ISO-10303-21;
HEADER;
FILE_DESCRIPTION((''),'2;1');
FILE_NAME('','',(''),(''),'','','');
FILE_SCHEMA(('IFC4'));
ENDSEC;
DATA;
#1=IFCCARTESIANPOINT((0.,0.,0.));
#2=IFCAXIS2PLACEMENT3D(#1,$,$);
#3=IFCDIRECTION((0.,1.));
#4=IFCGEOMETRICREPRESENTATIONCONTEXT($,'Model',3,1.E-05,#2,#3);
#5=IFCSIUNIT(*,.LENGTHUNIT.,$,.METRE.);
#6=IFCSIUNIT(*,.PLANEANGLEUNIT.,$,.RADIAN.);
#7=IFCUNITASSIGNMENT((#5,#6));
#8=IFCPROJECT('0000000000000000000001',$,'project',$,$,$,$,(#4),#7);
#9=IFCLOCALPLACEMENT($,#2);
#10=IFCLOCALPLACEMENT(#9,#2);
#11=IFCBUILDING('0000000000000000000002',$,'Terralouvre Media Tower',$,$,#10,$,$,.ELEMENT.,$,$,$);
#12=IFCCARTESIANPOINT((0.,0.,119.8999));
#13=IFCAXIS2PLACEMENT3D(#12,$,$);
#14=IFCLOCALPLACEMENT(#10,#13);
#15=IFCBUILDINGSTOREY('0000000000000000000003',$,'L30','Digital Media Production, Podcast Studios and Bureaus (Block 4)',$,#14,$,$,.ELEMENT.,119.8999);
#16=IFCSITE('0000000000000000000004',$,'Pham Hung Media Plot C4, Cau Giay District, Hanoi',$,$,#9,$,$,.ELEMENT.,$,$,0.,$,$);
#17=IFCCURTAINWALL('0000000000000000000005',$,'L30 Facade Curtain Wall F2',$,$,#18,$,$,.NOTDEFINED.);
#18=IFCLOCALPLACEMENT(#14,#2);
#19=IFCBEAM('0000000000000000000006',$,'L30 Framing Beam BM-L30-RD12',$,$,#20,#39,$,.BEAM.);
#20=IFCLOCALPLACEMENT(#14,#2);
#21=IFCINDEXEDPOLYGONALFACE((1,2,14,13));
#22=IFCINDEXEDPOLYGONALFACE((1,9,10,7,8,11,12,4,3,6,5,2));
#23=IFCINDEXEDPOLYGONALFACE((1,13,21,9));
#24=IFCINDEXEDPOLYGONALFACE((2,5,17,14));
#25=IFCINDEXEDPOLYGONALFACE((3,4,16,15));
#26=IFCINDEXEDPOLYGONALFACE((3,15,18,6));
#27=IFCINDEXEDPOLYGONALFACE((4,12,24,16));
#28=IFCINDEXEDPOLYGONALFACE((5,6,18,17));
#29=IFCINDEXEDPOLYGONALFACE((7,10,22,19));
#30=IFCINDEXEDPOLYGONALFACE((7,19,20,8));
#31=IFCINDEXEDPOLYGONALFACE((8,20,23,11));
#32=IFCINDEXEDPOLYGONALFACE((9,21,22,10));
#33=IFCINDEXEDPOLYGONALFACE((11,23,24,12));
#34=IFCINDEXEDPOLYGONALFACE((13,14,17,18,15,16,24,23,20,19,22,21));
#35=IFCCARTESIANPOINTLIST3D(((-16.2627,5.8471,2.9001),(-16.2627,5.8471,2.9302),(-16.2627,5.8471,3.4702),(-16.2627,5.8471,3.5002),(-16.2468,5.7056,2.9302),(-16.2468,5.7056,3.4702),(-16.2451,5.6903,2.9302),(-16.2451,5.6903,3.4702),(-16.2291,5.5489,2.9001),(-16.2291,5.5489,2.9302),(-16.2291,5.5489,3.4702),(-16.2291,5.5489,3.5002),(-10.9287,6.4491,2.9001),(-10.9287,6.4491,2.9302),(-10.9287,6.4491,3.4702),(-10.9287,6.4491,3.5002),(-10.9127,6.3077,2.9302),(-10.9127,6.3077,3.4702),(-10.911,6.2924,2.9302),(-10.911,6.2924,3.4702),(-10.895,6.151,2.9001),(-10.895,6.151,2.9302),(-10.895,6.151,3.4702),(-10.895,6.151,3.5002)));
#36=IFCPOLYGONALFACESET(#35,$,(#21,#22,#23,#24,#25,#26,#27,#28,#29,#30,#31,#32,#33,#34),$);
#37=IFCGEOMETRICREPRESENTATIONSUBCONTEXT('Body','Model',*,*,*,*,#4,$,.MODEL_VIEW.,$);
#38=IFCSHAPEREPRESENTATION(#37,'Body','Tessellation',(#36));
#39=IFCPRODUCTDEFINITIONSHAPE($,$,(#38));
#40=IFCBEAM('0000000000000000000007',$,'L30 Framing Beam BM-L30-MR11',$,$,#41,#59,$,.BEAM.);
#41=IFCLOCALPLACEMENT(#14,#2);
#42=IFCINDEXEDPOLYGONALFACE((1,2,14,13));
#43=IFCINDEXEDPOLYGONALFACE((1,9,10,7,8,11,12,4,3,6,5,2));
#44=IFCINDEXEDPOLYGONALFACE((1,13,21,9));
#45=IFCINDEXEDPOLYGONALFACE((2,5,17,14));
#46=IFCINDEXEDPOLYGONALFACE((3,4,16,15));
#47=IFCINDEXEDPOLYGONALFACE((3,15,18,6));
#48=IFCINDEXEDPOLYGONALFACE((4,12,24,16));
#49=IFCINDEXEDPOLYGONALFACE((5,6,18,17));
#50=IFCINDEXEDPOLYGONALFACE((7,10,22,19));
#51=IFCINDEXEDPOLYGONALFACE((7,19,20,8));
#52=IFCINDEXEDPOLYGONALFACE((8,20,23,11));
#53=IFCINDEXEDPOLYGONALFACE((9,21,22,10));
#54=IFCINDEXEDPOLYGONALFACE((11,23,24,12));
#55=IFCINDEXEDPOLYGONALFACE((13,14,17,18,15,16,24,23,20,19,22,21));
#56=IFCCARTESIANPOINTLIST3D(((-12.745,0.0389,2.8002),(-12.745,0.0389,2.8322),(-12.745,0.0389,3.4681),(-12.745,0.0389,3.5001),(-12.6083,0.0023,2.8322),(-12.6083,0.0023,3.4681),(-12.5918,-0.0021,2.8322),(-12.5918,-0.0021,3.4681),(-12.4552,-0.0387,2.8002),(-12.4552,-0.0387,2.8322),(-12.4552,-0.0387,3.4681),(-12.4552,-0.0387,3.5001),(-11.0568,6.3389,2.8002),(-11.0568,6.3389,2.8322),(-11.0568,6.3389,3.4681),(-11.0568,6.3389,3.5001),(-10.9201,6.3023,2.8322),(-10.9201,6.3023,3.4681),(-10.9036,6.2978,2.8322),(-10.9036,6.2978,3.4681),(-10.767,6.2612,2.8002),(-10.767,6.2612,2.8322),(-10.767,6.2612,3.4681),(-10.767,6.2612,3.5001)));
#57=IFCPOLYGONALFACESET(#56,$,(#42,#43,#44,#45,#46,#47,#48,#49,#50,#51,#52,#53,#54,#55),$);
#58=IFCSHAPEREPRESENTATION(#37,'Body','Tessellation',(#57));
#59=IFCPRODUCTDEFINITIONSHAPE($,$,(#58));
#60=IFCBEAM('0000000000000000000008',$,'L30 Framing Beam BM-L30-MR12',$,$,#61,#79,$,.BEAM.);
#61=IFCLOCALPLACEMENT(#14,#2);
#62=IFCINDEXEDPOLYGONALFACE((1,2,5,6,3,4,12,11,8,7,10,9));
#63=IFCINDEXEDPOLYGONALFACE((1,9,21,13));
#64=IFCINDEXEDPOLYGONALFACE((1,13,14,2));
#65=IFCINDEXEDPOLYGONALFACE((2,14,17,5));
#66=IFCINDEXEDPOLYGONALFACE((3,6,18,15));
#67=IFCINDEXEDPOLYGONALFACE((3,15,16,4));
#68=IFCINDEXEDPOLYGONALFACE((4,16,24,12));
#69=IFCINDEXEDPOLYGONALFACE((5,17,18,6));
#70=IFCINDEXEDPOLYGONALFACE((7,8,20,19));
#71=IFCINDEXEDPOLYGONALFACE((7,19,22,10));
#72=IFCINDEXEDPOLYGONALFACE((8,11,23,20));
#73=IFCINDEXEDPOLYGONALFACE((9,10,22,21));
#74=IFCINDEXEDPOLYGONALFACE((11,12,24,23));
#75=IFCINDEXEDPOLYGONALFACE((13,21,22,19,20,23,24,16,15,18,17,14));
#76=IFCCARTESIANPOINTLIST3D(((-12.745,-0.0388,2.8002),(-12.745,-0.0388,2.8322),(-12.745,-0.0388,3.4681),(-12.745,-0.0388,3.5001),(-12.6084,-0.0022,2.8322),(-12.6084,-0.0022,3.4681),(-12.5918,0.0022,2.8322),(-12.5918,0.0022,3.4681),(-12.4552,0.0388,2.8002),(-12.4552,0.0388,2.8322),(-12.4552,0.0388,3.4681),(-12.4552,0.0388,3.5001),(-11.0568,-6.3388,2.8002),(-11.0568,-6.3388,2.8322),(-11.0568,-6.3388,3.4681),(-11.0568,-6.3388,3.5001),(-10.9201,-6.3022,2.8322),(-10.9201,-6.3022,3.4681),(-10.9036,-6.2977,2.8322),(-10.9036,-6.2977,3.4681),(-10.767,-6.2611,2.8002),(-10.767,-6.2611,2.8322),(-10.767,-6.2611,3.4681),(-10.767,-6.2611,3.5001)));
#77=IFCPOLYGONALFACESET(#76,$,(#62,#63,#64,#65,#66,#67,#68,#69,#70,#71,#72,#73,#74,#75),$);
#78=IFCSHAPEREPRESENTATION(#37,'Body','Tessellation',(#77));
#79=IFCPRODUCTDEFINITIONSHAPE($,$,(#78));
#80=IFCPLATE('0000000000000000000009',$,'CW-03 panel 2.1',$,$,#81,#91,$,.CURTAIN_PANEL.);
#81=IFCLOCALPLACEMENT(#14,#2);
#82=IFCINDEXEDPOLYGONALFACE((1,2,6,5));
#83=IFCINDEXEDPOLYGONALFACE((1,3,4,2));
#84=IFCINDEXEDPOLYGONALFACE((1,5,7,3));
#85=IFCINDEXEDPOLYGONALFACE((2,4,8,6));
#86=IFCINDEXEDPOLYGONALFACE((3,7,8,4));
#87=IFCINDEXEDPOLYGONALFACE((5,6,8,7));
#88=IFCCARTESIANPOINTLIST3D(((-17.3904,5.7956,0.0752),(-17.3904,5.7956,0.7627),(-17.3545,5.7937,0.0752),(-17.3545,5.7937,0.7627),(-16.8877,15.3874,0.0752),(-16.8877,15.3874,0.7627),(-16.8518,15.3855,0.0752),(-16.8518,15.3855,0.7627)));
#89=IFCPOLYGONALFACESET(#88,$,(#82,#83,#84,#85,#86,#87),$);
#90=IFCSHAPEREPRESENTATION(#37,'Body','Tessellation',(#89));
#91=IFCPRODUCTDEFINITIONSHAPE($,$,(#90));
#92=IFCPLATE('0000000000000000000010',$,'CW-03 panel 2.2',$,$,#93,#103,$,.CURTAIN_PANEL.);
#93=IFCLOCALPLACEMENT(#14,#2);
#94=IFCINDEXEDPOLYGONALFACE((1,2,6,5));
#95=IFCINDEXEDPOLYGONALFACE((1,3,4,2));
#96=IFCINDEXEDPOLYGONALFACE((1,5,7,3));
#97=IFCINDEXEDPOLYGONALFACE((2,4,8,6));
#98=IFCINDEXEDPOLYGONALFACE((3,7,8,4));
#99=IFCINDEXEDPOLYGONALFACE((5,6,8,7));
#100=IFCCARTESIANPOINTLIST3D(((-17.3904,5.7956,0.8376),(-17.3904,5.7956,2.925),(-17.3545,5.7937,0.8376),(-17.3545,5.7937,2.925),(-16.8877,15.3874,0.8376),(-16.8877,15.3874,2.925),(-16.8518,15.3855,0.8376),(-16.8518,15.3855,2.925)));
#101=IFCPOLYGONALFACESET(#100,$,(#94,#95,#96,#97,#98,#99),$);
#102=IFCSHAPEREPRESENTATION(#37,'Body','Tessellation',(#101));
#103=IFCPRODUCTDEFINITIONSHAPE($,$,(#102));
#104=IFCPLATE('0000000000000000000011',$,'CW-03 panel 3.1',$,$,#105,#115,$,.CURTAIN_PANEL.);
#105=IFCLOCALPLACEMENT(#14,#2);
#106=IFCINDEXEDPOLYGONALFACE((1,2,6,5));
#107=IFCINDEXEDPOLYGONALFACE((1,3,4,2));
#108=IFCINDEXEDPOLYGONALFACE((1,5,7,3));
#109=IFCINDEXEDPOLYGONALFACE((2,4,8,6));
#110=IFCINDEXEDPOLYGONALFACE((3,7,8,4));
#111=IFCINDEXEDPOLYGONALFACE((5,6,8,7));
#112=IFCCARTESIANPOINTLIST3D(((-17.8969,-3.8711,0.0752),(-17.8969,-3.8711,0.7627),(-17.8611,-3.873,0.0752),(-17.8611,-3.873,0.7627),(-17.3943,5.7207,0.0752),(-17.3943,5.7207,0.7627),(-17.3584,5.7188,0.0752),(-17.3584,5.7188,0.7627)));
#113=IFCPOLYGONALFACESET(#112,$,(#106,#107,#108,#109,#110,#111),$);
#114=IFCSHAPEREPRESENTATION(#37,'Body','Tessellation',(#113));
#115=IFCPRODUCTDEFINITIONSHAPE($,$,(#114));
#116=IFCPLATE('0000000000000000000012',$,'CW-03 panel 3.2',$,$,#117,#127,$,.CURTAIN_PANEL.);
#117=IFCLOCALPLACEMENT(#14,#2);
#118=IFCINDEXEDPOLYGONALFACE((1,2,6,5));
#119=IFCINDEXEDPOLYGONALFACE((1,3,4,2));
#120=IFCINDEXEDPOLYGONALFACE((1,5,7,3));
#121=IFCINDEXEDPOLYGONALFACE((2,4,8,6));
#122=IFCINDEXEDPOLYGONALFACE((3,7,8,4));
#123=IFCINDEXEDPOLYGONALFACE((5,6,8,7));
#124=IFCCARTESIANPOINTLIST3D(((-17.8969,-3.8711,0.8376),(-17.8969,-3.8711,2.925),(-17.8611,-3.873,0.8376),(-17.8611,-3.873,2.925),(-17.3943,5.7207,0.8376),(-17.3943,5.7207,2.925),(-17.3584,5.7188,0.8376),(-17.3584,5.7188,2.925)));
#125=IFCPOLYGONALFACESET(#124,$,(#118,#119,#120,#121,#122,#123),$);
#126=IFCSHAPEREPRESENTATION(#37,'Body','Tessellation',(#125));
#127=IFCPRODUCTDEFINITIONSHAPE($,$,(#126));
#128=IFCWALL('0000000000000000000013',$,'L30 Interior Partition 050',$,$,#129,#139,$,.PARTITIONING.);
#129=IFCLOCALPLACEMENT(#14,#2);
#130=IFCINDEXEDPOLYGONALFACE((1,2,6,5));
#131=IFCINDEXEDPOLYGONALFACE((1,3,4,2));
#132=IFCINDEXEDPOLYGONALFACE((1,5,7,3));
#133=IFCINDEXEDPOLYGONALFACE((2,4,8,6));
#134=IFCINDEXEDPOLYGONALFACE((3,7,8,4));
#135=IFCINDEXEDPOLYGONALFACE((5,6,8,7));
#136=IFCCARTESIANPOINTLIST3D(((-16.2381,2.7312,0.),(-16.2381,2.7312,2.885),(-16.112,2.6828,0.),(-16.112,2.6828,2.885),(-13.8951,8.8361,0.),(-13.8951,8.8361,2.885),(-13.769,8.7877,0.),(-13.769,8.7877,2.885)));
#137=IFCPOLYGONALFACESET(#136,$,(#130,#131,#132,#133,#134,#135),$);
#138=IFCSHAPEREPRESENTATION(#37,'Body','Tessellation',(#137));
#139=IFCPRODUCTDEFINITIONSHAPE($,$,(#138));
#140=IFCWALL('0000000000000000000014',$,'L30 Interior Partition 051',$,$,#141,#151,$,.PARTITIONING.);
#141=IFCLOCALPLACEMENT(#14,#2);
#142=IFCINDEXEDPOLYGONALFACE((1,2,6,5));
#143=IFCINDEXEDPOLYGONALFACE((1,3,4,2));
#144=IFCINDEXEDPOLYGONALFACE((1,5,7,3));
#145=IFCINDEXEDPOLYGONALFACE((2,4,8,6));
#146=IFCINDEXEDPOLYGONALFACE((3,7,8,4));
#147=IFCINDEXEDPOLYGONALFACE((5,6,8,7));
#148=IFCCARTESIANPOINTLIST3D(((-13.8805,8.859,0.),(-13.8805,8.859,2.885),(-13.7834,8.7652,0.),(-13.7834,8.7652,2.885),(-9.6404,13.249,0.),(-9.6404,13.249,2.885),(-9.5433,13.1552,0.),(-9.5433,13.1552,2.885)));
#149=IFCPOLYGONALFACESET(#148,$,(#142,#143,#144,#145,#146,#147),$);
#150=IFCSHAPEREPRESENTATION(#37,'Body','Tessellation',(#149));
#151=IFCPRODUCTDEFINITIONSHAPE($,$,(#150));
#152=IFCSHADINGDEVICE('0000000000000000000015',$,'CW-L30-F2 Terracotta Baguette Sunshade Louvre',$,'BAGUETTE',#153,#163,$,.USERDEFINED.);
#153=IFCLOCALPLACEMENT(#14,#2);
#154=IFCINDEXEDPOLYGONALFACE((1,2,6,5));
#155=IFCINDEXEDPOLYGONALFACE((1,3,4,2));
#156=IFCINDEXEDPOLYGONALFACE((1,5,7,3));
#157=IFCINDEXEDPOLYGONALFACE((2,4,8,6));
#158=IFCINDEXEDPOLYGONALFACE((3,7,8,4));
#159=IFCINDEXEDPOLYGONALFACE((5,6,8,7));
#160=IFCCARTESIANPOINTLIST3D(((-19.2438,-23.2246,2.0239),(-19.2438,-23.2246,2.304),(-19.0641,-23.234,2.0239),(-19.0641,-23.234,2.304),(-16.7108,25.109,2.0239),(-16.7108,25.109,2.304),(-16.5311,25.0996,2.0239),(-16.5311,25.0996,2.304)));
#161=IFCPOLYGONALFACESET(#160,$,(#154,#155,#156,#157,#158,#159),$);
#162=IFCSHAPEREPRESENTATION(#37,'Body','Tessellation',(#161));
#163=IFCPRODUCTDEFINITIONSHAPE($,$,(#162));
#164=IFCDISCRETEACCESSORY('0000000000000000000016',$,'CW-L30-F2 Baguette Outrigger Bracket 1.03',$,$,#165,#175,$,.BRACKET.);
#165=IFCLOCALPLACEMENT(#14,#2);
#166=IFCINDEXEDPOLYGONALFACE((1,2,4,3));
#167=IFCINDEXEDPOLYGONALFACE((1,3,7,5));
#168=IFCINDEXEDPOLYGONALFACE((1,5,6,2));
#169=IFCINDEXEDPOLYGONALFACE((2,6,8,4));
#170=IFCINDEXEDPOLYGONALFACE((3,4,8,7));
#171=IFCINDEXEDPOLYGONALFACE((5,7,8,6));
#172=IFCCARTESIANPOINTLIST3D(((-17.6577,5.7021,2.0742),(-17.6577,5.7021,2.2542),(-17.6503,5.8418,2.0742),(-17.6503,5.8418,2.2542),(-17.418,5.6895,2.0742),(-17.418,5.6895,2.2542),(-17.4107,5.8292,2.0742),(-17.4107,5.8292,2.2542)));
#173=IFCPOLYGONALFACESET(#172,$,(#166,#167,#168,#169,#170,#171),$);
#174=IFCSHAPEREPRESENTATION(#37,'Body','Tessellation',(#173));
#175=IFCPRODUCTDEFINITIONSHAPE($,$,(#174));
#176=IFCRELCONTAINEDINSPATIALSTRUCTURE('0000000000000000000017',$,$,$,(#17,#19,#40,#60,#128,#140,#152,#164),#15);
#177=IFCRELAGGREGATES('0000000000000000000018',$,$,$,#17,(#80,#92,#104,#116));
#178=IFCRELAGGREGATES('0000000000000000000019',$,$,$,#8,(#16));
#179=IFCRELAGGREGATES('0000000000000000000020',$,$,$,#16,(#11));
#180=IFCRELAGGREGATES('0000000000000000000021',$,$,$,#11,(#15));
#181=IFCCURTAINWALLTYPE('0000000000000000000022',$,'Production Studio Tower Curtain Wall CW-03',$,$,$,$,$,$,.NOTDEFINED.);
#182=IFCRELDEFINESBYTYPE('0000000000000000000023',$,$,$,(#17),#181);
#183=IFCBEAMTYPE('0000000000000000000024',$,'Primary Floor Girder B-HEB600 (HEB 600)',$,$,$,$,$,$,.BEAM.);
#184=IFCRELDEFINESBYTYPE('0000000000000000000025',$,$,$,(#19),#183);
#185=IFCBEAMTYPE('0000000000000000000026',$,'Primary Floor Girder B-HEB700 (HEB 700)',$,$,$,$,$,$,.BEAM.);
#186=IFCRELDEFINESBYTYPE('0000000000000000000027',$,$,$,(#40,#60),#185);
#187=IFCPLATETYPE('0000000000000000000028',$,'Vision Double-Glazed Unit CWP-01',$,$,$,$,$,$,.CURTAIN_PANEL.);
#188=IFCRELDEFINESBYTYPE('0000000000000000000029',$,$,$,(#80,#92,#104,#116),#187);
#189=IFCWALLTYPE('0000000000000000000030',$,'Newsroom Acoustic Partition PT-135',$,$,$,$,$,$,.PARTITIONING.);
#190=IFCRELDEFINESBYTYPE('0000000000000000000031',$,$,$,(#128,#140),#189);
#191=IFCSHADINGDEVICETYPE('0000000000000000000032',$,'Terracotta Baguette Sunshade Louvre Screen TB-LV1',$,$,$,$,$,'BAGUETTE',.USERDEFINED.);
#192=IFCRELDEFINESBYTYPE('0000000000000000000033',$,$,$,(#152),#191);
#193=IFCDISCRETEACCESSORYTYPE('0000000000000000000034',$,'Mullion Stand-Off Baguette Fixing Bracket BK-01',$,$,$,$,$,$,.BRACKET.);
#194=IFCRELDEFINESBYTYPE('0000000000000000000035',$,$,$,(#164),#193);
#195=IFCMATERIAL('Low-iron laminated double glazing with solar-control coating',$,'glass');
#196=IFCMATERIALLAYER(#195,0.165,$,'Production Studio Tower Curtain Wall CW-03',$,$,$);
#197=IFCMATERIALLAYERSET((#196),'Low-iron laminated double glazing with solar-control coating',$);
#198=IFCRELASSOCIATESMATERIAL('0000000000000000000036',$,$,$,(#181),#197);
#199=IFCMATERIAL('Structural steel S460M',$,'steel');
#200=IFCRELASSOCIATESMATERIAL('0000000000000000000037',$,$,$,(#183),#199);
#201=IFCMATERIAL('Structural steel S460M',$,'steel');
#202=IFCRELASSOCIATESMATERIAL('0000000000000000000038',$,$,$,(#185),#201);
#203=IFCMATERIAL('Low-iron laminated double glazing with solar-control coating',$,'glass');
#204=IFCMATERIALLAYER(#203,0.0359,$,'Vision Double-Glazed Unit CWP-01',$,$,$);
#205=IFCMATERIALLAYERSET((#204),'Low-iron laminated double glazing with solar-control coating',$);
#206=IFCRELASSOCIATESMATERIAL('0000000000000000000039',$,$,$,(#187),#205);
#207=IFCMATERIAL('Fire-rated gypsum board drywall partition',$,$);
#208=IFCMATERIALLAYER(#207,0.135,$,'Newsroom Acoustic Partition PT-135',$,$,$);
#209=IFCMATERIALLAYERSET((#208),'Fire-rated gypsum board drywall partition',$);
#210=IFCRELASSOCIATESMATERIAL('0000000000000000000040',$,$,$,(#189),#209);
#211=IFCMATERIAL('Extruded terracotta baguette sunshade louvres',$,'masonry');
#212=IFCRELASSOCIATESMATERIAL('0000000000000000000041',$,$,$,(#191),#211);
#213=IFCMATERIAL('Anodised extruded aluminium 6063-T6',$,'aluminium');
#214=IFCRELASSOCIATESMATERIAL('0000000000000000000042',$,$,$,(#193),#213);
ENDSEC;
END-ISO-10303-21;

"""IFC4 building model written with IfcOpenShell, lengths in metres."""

from ifc_helpers import new_model, si_unit, direction, frame, frame_2d, origin, origin_2d, place, context, subcontext, project, spatial, rectangle, i_section, extrude, material, layer, layer_set, material_profile, profile_set, type_object, element, aggregate, save


model = new_model("IFC4")

# Units and contexts
model_context = context("Model", 3, precision=1e-05, world=origin(), true_north=direction((0.0, 1.0)))
body_context = subcontext(model_context, "Body", "Model", "MODEL_VIEW")
ifc_project = project(units=[si_unit("LENGTHUNIT", "METRE"), si_unit("PLANEANGLEUNIT", "RADIAN")], contexts=[model_context])

# Site, building, storey
site_placement = place(None, origin())
site = spatial("IfcSite", under=ifc_project, at=site_placement, Name="Pham Hung Media Plot C4, Cau Giay District, Hanoi", CompositionType="ELEMENT", RefElevation=0.0)
building_placement = place(site_placement, origin())
building = spatial("IfcBuilding", under=site, at=building_placement, Name="Terralouvre Media Tower", CompositionType="ELEMENT")
storey_placement = place(building_placement, frame((0.0, 0.0, 119.8999)))
storey = spatial("IfcBuildingStorey", under=building, at=storey_placement, Name="L30", Description="Digital Media Production, Podcast Studios and Bureaus (Block 4)", CompositionType="ELEMENT", Elevation=119.8999)

# Curtain wall
ifc_material_1 = material(Name="Low-iron laminated double glazing with solar-control coating", Category="glass")
ifc_layer_1 = layer(ifc_material_1, 0.165, Name="Production Studio Tower Curtain Wall CW-03")
ifc_layer_set_1 = layer_set([ifc_layer_1], Name="Low-iron laminated double glazing with solar-control coating")
curtain_wall_type = type_object("IfcCurtainWallType", Name="Production Studio Tower Curtain Wall CW-03", PredefinedType="NOTDEFINED", material=ifc_layer_set_1)
curtain_wall_placement = place(storey_placement, origin())
curtain_wall = element("IfcCurtainWall", 1, at=curtain_wall_placement, inside=storey, type_object=curtain_wall_type, Name="L30 Facade Curtain Wall F2", PredefinedType="NOTDEFINED")

# Beams
ifc_material_2 = material(Name="Structural steel S460M", Category="steel")
ifc_material_profile_1 = material_profile(ifc_material_2, i_section(OverallWidth=0.3, OverallDepth=0.6001, WebThickness=0.0154, FlangeThickness=0.03, at=origin_2d()), Name="HEB 600")
ifc_profile_set_1 = profile_set([ifc_material_profile_1], Name="Structural steel S460M")
beam_type_1 = type_object("IfcBeamType", Name="Primary Floor Girder B-HEB600 (HEB 600)", PredefinedType="BEAM", material=ifc_profile_set_1)
beam_1_placement = place(storey_placement, frame((-10.9119, 6.3, 3.2002), z_axis=(-0.99369, -0.112159, 0.0), x_axis=(0.112159, -0.99369, 0.0)))
element("IfcBeam", 2, at=beam_1_placement, inside=storey, type_object=beam_type_1, Name="L30 Framing Beam BM-L30-RD12", PredefinedType="BEAM", context=body_context, shape_type="SweptSolid", body=[
    extrude(i_section(OverallWidth=0.3, OverallDepth=0.6001, WebThickness=0.0154, FlangeThickness=0.03, at=origin_2d()), origin(), (0.0, 0.0, 1.0), 5.3679),
])
ifc_material_3 = material(Name="Structural steel S460M", Category="steel")
ifc_material_profile_2 = material_profile(ifc_material_3, i_section(OverallWidth=0.3, OverallDepth=0.7, WebThickness=0.0171, FlangeThickness=0.032, at=origin_2d()), Name="HEB 700")
ifc_profile_set_2 = profile_set([ifc_material_profile_2], Name="Structural steel S460M")
beam_type_2 = type_object("IfcBeamType", Name="Primary Floor Girder B-HEB700 (HEB 700)", PredefinedType="BEAM", material=ifc_profile_set_2)
for number, where, z_axis, x_axis, name in (
    (3, (-10.9119, 6.3, 3.1501), (-0.258839, -0.96592, 0.0), (0.96592, -0.258839, 0.0), "L30 Framing Beam BM-L30-MR11"),
    (4, (-12.6001, 0.0, 3.1501), (0.258839, -0.96592, 0.0), (0.96592, 0.258839, 0.0), "L30 Framing Beam BM-L30-MR12"),
):
    element("IfcBeam", number, at=place(storey_placement, frame(where, z_axis=z_axis, x_axis=x_axis)), inside=storey, type_object=beam_type_2, Name=name, PredefinedType="BEAM", context=body_context, shape_type="SweptSolid", body=[
        extrude(i_section(OverallWidth=0.3, OverallDepth=0.7, WebThickness=0.0171, FlangeThickness=0.032, at=origin_2d()), origin(), (0.0, 0.0, 1.0), 6.5222),
    ])

# Plates
ifc_material_4 = material(Name="Low-iron laminated double glazing with solar-control coating", Category="glass")
ifc_layer_2 = layer(ifc_material_4, 0.0359, Name="Vision Double-Glazed Unit CWP-01")
ifc_layer_set_2 = layer_set([ifc_layer_2], Name="Low-iron laminated double glazing with solar-control coating")
plate_type = type_object("IfcPlateType", Name="Vision Double-Glazed Unit CWP-01", PredefinedType="CURTAIN_PANEL", material=ifc_layer_set_2)
plate_1_placement = place(storey_placement, frame((-17.1211, 10.5906, 0.0752), z_axis=(0.0, 0.0, 1.0), x_axis=(-0.052336, -0.99863, 0.0)))
plate_1 = element("IfcPlate", 5, at=plate_1_placement, type_object=plate_type, Name="CW-03 panel 2.1", PredefinedType="CURTAIN_PANEL", context=body_context, shape_type="SweptSolid", body=[
    extrude(rectangle(XDim=9.605, YDim=0.0359, at=origin_2d()), origin(), (0.0, 0.0, 1.0), 0.6875),
])
plate_2_placement = place(storey_placement, frame((-17.1211, 10.5906, 0.8376), z_axis=(0.0, 0.0, 1.0), x_axis=(-0.052336, -0.99863, 0.0)))
plate_2 = element("IfcPlate", 6, at=plate_2_placement, type_object=plate_type, Name="CW-03 panel 2.2", PredefinedType="CURTAIN_PANEL", context=body_context, shape_type="SweptSolid", body=[
    extrude(rectangle(XDim=9.605, YDim=0.0359, at=origin_2d()), origin(), (0.0, 0.0, 1.0), 2.0874),
])
plate_3_placement = place(storey_placement, frame((-17.6277, 0.9238, 0.0752), z_axis=(0.0, 0.0, 1.0), x_axis=(-0.052336, -0.99863, 0.0)))
plate_3 = element("IfcPlate", 7, at=plate_3_placement, type_object=plate_type, Name="CW-03 panel 3.1", PredefinedType="CURTAIN_PANEL", context=body_context, shape_type="SweptSolid", body=[
    extrude(rectangle(XDim=9.605, YDim=0.0359, at=origin_2d()), origin(), (0.0, 0.0, 1.0), 0.6875),
])
plate_4_placement = place(storey_placement, frame((-17.6277, 0.9238, 0.8376), z_axis=(0.0, 0.0, 1.0), x_axis=(-0.052336, -0.99863, 0.0)))
plate_4 = element("IfcPlate", 8, at=plate_4_placement, type_object=plate_type, Name="CW-03 panel 3.2", PredefinedType="CURTAIN_PANEL", context=body_context, shape_type="SweptSolid", body=[
    extrude(rectangle(XDim=9.605, YDim=0.0359, at=origin_2d()), origin(), (0.0, 0.0, 1.0), 2.0874),
])
aggregate(curtain_wall, [plate_1, plate_2, plate_3, plate_4])

# Walls
ifc_material_5 = material(Name="Fire-rated gypsum board drywall partition")
ifc_layer_3 = layer(ifc_material_5, 0.135, Name="Newsroom Acoustic Partition PT-135")
ifc_layer_set_3 = layer_set([ifc_layer_3], Name="Fire-rated gypsum board drywall partition")
wall_type = type_object("IfcWallType", Name="Newsroom Acoustic Partition PT-135", PredefinedType="PARTITIONING", material=ifc_layer_set_3)
wall_1_placement = place(storey_placement, frame((-16.175, 2.707, 0.0), z_axis=(0.0, 0.0, 1.0), x_axis=(0.358306, 0.933604, 0.0)))
element("IfcWall", 9, at=wall_1_placement, inside=storey, type_object=wall_type, Name="L30 Interior Partition 050", PredefinedType="PARTITIONING", context=body_context, shape_type="SweptSolid", body=[
    extrude(rectangle(XDim=6.5391, YDim=0.135, at=frame_2d((3.2695, 0.0))), origin(), (0.0, 0.0, 1.0), 2.885),
])
wall_2_placement = place(storey_placement, frame((-13.832, 8.812, 0.0), z_axis=(0.0, 0.0, 1.0), x_axis=(0.694719, 0.719281, 0.0)))
element("IfcWall", 10, at=wall_2_placement, inside=storey, type_object=wall_type, Name="L30 Interior Partition 051", PredefinedType="PARTITIONING", context=body_context, shape_type="SweptSolid", body=[
    extrude(rectangle(XDim=6.1033, YDim=0.135, at=frame_2d((3.0518, 0.0))), origin(), (0.0, 0.0, 1.0), 2.885),
])

# Shading device
ifc_material_6 = material(Name="Extruded terracotta baguette sunshade louvres", Category="masonry")
shading_device_type = type_object("IfcShadingDeviceType", Name="Terracotta Baguette Sunshade Louvre Screen TB-LV1", ElementType="BAGUETTE", PredefinedType="USERDEFINED", material=ifc_material_6)
shading_device_placement = place(storey_placement, frame((-17.8875, 0.9375, 2.0239), z_axis=(0.0, 0.0, 1.0), x_axis=(-0.052336, -0.99863, 0.0)))
element("IfcShadingDevice", 11, at=shading_device_placement, inside=storey, type_object=shading_device_type, Name="CW-L30-F2 Terracotta Baguette Sunshade Louvre", ObjectType="BAGUETTE", PredefinedType="USERDEFINED", context=body_context, shape_type="SweptSolid", body=[
    extrude(rectangle(XDim=48.3999, YDim=0.1799, at=origin_2d()), origin(), (0.0, 0.0, 1.0), 0.28),
])

# Discrete accessory
ifc_material_7 = material(Name="Anodised extruded aluminium 6063-T6", Category="aluminium")
discrete_accessory_type = type_object("IfcDiscreteAccessoryType", Name="Mullion Stand-Off Baguette Fixing Bracket BK-01", PredefinedType="BRACKET", material=ifc_material_7)
discrete_accessory_placement = place(storey_placement, frame((-17.5342, 5.7656, 2.0742), z_axis=(0.0, 0.0, 1.0), x_axis=(-0.052336, -0.99863, 0.0)))
element("IfcDiscreteAccessory", 12, at=discrete_accessory_placement, inside=storey, type_object=discrete_accessory_type, Name="CW-L30-F2 Baguette Outrigger Bracket 1.03", PredefinedType="BRACKET", context=body_context, shape_type="SweptSolid", body=[
    extrude(rectangle(XDim=0.1399, YDim=0.24, at=origin_2d()), origin(), (0.0, 0.0, 1.0), 0.1799),
])

save(model, "model.ifc")
